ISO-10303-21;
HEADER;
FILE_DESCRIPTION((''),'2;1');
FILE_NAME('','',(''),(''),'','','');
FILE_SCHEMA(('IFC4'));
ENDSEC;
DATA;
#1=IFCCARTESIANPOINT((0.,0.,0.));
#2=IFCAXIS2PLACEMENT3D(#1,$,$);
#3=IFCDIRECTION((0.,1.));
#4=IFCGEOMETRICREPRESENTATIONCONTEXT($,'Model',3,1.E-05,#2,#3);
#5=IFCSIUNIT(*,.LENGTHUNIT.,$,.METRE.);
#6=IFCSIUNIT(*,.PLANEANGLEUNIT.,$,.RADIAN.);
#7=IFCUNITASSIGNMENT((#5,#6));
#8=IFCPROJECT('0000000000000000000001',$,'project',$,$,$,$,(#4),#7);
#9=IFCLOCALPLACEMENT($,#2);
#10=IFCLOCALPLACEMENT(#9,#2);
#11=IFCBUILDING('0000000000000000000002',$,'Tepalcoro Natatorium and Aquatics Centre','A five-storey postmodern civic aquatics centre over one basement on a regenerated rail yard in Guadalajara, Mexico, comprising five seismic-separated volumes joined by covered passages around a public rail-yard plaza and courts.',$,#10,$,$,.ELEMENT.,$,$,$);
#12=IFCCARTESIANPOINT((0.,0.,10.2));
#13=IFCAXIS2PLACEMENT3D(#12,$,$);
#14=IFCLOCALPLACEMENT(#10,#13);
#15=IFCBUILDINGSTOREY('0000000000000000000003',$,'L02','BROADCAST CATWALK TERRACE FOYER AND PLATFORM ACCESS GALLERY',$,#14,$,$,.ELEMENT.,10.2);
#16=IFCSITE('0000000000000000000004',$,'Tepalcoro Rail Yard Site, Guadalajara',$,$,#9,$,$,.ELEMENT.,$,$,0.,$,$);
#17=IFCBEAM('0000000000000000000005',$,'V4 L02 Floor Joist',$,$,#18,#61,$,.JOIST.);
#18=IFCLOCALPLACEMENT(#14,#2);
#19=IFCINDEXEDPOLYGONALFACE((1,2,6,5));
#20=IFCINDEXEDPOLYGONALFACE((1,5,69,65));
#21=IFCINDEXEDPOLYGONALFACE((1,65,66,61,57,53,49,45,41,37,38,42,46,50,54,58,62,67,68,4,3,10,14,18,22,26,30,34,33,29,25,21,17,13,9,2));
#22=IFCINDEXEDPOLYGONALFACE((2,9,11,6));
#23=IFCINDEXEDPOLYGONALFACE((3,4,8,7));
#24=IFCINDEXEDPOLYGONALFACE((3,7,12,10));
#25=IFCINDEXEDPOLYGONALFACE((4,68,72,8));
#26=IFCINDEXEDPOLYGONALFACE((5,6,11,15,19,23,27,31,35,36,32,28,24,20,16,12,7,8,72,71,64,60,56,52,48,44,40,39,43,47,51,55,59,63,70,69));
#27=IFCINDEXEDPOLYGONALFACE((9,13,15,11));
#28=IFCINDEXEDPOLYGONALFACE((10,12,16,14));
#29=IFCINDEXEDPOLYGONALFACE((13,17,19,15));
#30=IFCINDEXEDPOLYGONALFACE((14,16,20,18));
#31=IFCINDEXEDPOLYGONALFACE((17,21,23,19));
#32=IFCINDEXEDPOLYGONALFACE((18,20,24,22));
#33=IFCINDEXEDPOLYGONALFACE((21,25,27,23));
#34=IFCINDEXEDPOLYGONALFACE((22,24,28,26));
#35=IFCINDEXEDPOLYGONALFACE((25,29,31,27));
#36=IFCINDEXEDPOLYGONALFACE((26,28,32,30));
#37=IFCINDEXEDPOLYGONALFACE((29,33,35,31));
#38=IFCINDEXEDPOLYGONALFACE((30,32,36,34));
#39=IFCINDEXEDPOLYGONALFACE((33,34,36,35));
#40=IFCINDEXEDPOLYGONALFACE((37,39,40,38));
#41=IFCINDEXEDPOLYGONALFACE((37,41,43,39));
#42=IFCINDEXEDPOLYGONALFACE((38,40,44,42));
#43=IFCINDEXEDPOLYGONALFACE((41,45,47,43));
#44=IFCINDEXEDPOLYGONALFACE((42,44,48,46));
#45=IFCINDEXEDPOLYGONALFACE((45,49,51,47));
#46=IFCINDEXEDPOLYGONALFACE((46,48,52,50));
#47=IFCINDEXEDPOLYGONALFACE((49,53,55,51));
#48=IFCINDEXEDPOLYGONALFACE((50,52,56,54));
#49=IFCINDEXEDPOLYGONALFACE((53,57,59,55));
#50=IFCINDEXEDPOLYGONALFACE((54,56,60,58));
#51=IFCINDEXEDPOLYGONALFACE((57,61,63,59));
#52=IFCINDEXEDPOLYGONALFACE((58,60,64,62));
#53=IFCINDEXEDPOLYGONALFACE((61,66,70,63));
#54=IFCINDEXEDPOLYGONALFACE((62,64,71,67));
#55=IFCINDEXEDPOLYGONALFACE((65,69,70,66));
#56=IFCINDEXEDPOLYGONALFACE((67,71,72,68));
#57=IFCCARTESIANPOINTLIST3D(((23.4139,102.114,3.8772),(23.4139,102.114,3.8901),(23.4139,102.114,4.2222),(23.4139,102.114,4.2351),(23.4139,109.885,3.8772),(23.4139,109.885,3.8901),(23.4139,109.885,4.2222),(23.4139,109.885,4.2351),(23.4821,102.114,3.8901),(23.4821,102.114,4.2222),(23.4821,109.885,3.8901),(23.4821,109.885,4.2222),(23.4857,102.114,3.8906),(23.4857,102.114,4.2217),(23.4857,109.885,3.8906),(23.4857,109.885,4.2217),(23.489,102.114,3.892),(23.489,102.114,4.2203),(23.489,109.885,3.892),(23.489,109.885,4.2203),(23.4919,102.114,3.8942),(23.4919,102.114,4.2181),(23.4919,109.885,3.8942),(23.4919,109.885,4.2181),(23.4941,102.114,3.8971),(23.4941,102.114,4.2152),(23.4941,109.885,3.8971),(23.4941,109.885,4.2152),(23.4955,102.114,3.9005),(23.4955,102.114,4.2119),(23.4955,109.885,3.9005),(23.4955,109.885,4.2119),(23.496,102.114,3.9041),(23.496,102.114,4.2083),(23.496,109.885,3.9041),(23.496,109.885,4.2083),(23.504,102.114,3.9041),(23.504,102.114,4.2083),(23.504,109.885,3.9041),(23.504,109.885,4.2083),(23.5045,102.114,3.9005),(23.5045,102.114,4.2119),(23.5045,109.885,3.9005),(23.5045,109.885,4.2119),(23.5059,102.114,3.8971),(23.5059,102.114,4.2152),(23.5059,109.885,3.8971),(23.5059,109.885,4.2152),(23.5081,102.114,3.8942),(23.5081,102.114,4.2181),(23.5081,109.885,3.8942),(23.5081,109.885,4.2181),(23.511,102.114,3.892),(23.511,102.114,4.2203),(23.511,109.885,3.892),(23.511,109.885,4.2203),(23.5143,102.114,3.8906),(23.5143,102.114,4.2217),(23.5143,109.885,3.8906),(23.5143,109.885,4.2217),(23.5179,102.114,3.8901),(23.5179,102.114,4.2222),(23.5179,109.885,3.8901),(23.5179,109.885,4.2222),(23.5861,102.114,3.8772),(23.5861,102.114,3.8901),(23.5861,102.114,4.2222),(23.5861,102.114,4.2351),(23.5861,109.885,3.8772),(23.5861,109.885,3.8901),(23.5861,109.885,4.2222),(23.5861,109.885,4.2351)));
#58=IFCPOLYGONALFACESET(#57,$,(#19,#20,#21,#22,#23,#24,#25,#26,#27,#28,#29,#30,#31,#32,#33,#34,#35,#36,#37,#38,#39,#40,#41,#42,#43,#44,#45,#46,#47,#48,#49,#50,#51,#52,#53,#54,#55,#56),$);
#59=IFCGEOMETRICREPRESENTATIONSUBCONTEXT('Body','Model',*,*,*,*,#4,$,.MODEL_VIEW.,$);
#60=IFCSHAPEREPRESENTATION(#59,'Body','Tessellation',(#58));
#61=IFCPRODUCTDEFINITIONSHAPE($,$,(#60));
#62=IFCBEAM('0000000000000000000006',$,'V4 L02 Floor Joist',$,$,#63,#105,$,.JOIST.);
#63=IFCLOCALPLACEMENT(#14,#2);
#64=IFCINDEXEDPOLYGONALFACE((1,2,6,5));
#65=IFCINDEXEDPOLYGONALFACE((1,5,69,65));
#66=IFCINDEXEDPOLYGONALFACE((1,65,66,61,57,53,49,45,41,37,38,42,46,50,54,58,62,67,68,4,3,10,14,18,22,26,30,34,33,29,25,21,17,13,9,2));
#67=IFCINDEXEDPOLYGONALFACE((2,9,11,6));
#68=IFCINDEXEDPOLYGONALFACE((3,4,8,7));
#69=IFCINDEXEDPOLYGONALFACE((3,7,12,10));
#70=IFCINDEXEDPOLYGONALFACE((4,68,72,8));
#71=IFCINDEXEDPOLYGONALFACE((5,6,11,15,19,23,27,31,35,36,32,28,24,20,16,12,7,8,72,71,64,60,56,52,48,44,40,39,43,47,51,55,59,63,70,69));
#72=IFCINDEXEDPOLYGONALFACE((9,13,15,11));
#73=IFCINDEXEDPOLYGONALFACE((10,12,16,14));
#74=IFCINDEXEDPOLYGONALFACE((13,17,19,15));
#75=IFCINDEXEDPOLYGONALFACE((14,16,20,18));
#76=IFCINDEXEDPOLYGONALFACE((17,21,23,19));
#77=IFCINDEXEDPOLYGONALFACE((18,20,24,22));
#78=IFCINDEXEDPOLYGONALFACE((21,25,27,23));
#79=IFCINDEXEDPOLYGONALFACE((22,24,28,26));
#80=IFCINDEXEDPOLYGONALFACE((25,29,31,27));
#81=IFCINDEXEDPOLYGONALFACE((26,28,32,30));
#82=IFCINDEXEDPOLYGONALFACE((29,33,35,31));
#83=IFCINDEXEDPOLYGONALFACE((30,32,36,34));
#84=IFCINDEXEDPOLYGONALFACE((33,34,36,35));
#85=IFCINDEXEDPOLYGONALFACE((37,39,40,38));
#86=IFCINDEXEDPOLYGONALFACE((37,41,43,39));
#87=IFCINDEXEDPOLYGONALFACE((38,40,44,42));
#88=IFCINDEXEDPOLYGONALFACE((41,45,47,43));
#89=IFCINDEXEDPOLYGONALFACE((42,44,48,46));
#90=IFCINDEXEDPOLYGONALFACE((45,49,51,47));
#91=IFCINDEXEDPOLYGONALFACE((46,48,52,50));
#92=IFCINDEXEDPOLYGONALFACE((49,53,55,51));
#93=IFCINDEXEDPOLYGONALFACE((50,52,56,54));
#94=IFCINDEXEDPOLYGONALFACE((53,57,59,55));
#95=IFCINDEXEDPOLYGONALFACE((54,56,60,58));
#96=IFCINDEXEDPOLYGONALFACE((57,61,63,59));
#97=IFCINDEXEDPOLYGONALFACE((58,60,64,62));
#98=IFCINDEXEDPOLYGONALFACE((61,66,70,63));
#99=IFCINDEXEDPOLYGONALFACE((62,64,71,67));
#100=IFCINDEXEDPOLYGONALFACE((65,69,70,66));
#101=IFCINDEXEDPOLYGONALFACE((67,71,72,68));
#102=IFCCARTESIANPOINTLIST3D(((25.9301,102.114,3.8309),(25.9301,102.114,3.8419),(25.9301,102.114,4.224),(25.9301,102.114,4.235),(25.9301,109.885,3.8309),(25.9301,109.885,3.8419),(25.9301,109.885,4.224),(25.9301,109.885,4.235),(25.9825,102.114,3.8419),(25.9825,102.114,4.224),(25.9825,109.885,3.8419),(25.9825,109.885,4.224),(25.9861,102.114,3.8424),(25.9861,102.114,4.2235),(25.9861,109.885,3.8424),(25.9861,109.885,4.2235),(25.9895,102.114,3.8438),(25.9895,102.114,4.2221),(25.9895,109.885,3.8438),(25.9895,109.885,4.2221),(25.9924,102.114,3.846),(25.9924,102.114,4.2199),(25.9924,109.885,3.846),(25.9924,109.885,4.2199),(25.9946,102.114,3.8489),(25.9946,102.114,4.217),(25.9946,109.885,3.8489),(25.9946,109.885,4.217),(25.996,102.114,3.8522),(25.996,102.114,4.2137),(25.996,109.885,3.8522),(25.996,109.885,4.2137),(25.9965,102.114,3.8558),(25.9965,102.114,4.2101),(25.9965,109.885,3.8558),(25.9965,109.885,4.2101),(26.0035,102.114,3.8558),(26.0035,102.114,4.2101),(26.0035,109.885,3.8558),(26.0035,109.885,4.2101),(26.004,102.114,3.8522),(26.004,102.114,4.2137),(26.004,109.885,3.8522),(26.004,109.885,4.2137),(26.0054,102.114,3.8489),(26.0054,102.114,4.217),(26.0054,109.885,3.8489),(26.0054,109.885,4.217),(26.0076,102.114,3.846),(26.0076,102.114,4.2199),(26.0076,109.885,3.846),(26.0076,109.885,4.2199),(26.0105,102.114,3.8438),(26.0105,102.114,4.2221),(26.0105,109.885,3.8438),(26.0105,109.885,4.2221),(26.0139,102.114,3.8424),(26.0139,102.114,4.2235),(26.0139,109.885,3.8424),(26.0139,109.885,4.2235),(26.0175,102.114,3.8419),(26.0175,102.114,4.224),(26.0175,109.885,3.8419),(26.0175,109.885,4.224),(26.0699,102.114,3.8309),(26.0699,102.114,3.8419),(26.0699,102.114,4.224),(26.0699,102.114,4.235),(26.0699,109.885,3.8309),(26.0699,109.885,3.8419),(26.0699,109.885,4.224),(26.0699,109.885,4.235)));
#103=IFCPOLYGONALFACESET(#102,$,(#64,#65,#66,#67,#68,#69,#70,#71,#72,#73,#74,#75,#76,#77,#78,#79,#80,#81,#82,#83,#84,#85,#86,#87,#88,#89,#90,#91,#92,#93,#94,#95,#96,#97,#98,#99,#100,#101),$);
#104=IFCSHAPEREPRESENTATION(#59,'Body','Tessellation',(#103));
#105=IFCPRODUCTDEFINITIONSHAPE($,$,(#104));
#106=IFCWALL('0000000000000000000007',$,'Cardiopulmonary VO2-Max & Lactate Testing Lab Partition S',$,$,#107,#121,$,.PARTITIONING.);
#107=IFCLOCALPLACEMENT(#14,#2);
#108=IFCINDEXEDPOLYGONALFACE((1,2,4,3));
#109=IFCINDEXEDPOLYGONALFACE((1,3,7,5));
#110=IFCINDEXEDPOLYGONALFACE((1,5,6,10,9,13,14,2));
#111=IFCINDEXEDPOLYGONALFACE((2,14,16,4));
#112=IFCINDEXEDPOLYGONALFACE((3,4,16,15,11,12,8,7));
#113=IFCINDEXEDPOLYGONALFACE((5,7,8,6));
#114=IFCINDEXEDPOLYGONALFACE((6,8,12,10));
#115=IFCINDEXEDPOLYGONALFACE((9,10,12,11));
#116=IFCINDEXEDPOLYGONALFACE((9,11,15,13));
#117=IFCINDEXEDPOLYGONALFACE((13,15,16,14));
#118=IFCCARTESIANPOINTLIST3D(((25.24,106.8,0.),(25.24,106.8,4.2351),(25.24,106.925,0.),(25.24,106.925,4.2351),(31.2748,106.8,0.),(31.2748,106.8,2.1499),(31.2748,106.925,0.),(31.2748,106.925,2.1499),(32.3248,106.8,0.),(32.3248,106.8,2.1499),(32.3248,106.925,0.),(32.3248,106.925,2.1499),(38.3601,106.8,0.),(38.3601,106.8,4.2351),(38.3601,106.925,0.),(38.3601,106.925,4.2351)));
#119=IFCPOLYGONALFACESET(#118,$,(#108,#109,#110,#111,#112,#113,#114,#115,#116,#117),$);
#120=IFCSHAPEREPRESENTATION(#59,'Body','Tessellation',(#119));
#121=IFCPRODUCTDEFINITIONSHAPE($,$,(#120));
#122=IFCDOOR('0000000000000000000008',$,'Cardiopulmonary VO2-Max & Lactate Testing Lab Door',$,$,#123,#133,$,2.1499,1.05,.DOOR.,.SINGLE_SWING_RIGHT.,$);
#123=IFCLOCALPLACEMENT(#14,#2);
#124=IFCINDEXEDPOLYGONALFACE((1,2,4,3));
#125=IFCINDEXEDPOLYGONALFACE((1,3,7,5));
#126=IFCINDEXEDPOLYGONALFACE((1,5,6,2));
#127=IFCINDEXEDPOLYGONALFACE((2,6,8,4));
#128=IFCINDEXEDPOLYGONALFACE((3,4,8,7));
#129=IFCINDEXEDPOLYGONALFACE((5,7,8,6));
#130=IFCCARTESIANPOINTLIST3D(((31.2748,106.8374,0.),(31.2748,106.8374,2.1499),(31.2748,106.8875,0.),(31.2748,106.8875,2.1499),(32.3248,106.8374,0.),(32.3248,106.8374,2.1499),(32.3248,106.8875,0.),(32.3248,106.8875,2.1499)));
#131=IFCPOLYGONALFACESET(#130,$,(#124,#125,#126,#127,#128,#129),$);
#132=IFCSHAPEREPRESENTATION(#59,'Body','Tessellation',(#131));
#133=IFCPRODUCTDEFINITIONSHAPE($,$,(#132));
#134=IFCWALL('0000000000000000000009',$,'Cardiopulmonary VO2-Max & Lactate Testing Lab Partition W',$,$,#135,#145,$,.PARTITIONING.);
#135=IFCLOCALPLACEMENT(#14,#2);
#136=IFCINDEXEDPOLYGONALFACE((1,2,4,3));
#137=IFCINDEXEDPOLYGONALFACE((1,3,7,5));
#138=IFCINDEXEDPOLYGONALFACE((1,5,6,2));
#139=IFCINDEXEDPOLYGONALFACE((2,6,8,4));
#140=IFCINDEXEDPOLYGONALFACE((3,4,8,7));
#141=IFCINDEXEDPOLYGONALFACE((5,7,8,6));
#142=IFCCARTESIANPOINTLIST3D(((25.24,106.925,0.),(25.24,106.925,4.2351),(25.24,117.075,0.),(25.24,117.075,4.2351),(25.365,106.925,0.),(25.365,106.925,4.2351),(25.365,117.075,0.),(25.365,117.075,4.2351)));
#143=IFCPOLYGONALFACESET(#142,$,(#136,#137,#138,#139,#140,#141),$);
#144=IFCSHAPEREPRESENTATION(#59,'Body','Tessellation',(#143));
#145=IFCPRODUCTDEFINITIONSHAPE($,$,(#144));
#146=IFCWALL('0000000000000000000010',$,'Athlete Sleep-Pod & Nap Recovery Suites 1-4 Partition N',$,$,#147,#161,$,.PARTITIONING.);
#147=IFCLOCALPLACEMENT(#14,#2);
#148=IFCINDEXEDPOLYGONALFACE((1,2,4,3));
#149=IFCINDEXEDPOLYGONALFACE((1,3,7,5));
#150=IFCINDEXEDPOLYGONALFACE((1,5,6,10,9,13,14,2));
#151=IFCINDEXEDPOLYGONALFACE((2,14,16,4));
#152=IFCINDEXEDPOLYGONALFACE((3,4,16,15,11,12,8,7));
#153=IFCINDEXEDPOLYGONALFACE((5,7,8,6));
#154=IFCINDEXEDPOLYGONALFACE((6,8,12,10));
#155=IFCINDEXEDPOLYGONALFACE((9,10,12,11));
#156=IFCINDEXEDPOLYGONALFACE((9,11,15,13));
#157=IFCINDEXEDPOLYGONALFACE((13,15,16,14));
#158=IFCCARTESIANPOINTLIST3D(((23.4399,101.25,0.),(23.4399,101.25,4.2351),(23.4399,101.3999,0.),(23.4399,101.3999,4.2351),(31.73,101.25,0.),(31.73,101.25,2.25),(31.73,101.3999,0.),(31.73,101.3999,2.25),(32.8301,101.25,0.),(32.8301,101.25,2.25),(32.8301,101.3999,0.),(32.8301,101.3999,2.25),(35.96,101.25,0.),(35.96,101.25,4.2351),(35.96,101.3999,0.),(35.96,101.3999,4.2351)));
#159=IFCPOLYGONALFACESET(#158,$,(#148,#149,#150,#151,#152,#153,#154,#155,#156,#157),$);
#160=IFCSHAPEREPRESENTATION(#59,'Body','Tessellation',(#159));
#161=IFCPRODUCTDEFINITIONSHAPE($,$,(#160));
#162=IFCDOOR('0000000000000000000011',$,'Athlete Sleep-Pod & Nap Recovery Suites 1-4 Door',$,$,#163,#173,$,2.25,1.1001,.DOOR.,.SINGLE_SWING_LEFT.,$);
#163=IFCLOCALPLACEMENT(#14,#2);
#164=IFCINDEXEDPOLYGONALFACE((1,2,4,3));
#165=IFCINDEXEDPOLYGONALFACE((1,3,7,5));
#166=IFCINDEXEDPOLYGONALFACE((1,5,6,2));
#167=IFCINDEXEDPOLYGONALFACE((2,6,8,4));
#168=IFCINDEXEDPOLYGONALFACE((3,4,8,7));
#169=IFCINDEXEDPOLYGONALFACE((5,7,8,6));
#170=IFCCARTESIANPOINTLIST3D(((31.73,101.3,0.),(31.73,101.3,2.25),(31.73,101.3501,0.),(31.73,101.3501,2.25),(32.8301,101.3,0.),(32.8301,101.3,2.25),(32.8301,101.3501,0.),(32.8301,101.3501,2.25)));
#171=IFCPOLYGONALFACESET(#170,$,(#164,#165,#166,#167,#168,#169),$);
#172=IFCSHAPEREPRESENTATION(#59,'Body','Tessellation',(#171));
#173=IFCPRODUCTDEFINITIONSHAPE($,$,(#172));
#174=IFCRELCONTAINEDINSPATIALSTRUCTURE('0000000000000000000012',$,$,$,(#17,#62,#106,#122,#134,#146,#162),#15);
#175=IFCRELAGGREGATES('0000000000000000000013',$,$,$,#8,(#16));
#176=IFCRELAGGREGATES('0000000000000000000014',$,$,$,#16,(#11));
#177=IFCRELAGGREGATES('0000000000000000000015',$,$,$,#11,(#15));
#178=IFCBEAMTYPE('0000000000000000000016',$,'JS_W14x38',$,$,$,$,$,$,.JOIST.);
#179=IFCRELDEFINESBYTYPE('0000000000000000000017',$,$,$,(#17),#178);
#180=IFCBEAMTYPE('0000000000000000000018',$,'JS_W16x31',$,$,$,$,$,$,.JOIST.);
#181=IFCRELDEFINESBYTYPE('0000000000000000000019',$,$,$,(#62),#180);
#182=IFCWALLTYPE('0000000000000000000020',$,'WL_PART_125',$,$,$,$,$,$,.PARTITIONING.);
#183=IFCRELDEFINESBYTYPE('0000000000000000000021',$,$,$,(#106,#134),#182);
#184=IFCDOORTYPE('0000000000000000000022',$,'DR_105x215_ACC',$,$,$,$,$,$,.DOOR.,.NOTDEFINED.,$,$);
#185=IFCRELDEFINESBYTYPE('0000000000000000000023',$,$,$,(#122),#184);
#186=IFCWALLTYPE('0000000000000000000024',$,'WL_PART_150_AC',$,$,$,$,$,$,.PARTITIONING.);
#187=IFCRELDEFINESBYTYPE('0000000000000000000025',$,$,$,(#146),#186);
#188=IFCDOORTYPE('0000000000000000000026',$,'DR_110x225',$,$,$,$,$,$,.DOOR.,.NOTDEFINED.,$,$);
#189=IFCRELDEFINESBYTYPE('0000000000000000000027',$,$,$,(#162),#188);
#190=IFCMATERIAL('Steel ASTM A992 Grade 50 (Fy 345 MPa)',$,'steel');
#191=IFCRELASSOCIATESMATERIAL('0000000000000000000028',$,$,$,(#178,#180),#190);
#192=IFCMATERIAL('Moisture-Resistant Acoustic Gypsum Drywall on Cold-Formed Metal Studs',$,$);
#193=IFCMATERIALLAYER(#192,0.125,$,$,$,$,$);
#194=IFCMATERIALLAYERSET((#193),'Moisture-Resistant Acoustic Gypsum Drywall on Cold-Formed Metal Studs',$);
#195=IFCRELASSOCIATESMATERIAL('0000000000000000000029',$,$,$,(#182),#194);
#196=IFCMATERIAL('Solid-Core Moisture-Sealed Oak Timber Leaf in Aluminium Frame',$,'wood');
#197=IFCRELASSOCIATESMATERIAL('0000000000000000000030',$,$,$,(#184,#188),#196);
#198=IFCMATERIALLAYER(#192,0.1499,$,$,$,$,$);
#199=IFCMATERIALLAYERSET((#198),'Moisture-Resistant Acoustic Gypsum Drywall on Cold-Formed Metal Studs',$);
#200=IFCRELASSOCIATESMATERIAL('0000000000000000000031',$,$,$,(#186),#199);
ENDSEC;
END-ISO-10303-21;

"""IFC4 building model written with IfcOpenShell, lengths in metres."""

from ifc_helpers import new_model, si_unit, direction, frame, frame_2d, origin, origin_2d, place, context, subcontext, project, spatial, rectangle, i_section, extrude, material, layer, layer_set, material_profile, profile_set, type_object, element, fill, save


model = new_model("IFC4")

# Units and contexts
model_context = context("Model", 3, precision=1e-05, world=origin(), true_north=direction((0.0, 1.0)))
body_context = subcontext(model_context, "Body", "Model", "MODEL_VIEW")
ifc_project = project(units=[si_unit("LENGTHUNIT", "METRE"), si_unit("PLANEANGLEUNIT", "RADIAN")], contexts=[model_context])

# Site, building, storey
site_placement = place(None, origin())
site = spatial("IfcSite", under=ifc_project, at=site_placement, Name="Tepalcoro Rail Yard Site, Guadalajara", CompositionType="ELEMENT", RefElevation=0.0)
building_placement = place(site_placement, origin())
building = spatial("IfcBuilding", under=site, at=building_placement, Name="Tepalcoro Natatorium and Aquatics Centre", Description="A five-storey postmodern civic aquatics centre over one basement on a regenerated rail yard in Guadalajara, Mexico, comprising five seismic-separated volumes joined by covered passages around a public rail-yard plaza and courts.", CompositionType="ELEMENT")
storey_placement = place(building_placement, frame((0.0, 0.0, 10.2)))
storey = spatial("IfcBuildingStorey", under=building, at=storey_placement, Name="L02", Description="BROADCAST CATWALK TERRACE FOYER AND PLATFORM ACCESS GALLERY", CompositionType="ELEMENT", Elevation=10.2)

# Shared definitions
ifc_material_1 = material(Name="Steel ASTM A992 Grade 50 (Fy 345 MPa)", Category="steel")

# Beams
ifc_material_profile_1 = material_profile(ifc_material_1, i_section(OverallWidth=0.1721, OverallDepth=0.3579, WebThickness=0.0081, FlangeThickness=0.0129, FilletRadius=0.0139, at=origin_2d()), Name="W14X38")
ifc_profile_set_1 = profile_set([ifc_material_profile_1], Name="Steel ASTM A992 Grade 50 (Fy 345 MPa)")
beam_type_1 = type_object("IfcBeamType", Name="JS_W14x38", PredefinedType="JOIST", material=ifc_profile_set_1)
beam_1_placement = place(storey_placement, frame((23.5, 102.114, 4.0562), z_axis=(0.0, 1.0, 0.0), x_axis=(-1.0, 0.0, 0.0)))
element("IfcBeam", 1, at=beam_1_placement, inside=storey, type_object=beam_type_1, Name="V4 L02 Floor Joist", PredefinedType="JOIST", context=body_context, shape_type="SweptSolid", body=[
    extrude(i_section(OverallWidth=0.1721, OverallDepth=0.3579, WebThickness=0.0081, FlangeThickness=0.0129, FilletRadius=0.0139, at=origin_2d()), origin(), (0.0, 0.0, 1.0), 7.771),
])
ifc_material_profile_2 = material_profile(ifc_material_1, i_section(OverallWidth=0.1399, OverallDepth=0.4041, WebThickness=0.0071, FlangeThickness=0.011, FilletRadius=0.0139, at=origin_2d()), Name="W16X31")
ifc_profile_set_2 = profile_set([ifc_material_profile_2], Name="Steel ASTM A992 Grade 50 (Fy 345 MPa)")
beam_type_2 = type_object("IfcBeamType", Name="JS_W16x31", PredefinedType="JOIST", material=ifc_profile_set_2)
beam_2_placement = place(storey_placement, frame((26.0, 102.114, 4.033), z_axis=(0.0, 1.0, 0.0), x_axis=(-1.0, 0.0, 0.0)))
element("IfcBeam", 2, at=beam_2_placement, inside=storey, type_object=beam_type_2, Name="V4 L02 Floor Joist", PredefinedType="JOIST", context=body_context, shape_type="SweptSolid", body=[
    extrude(i_section(OverallWidth=0.1399, OverallDepth=0.4041, WebThickness=0.0071, FlangeThickness=0.011, FilletRadius=0.0139, at=origin_2d()), origin(), (0.0, 0.0, 1.0), 7.771),
])

# Wall, opening, door
ifc_material_2 = material(Name="Moisture-Resistant Acoustic Gypsum Drywall on Cold-Formed Metal Studs")
ifc_layer_1 = layer(ifc_material_2, 0.125)
ifc_layer_set_1 = layer_set([ifc_layer_1], Name="Moisture-Resistant Acoustic Gypsum Drywall on Cold-Formed Metal Studs")
wall_type_1 = type_object("IfcWallType", Name="WL_PART_125", PredefinedType="PARTITIONING", material=ifc_layer_set_1)
wall_1_placement = place(storey_placement, frame((25.24, 106.8625, 0.0), z_axis=(0.0, 0.0, 1.0), x_axis=(1.0, 0.0, 0.0)))
wall_1 = element("IfcWall", 3, at=wall_1_placement, inside=storey, type_object=wall_type_1, Name="Cardiopulmonary VO2-Max & Lactate Testing Lab Partition S", PredefinedType="PARTITIONING", context=body_context, shape_type="SweptSolid", body=[
    extrude(rectangle(XDim=13.1201, YDim=0.125, at=frame_2d((6.5601, 0.0))), origin(), (0.0, 0.0, 1.0), 4.2351),
])
opening_1_placement = place(wall_1_placement, frame((6.0349, 0.0, 0.0)))
opening_1 = element("IfcOpeningElement", 4, at=opening_1_placement, cuts=wall_1, PredefinedType="OPENING", context=body_context, shape_type="SweptSolid", body=[
    extrude(rectangle(XDim=1.05, YDim=2.1499, at=frame_2d((0.5249, 1.075))), frame((0.0, 0.0745, 0.0), z_axis=(0.0, -1.0, 0.0), x_axis=(1.0, 0.0, 0.0)), (0.0, 0.0, 1.0), 0.1489),
])
ifc_material_3 = material(Name="Solid-Core Moisture-Sealed Oak Timber Leaf in Aluminium Frame", Category="wood")
door_type_1 = type_object("IfcDoorType", Name="DR_105x215_ACC", OperationType="NOTDEFINED", PredefinedType="DOOR", material=ifc_material_3)
door_1_placement = place(opening_1_placement, origin())
door_1 = element("IfcDoor", 5, at=door_1_placement, inside=storey, type_object=door_type_1, Name="Cardiopulmonary VO2-Max & Lactate Testing Lab Door", OperationType="SINGLE_SWING_RIGHT", OverallHeight=2.1499, OverallWidth=1.05, PredefinedType="DOOR", context=body_context, shape_type="SweptSolid", body=[
    extrude(rectangle(XDim=1.05, YDim=2.1499, at=frame_2d((0.5249, 1.075))), frame((0.0, 0.0249, 0.0), z_axis=(0.0, -1.0, 0.0), x_axis=(1.0, 0.0, 0.0)), (0.0, 0.0, 1.0), 0.05),
])
fill(opening_1, door_1)

# Wall
wall_2_placement = place(storey_placement, frame((25.3025, 106.925, 0.0), z_axis=(0.0, 0.0, 1.0), x_axis=(0.0, 1.0, 0.0)))
element("IfcWall", 6, at=wall_2_placement, inside=storey, type_object=wall_type_1, Name="Cardiopulmonary VO2-Max & Lactate Testing Lab Partition W", PredefinedType="PARTITIONING", context=body_context, shape_type="SweptSolid", body=[
    extrude(rectangle(XDim=10.1499, YDim=0.125, at=frame_2d((5.075, 0.0))), origin(), (0.0, 0.0, 1.0), 4.2351),
])

# Wall, opening, door
ifc_layer_2 = layer(ifc_material_2, 0.1499)
ifc_layer_set_2 = layer_set([ifc_layer_2], Name="Moisture-Resistant Acoustic Gypsum Drywall on Cold-Formed Metal Studs")
wall_type_2 = type_object("IfcWallType", Name="WL_PART_150_AC", PredefinedType="PARTITIONING", material=ifc_layer_set_2)
wall_3_placement = place(storey_placement, frame((23.4399, 101.325, 0.0), z_axis=(0.0, 0.0, 1.0), x_axis=(1.0, 0.0, 0.0)))
wall_3 = element("IfcWall", 7, at=wall_3_placement, inside=storey, type_object=wall_type_2, Name="Athlete Sleep-Pod & Nap Recovery Suites 1-4 Partition N", PredefinedType="PARTITIONING", context=body_context, shape_type="SweptSolid", body=[
    extrude(rectangle(XDim=12.52, YDim=0.1499, at=frame_2d((6.26, 0.0))), origin(), (0.0, 0.0, 1.0), 4.2351),
])
opening_2_placement = place(wall_3_placement, frame((8.29, 0.0, 0.0)))
opening_2 = element("IfcOpeningElement", 8, at=opening_2_placement, cuts=wall_3, PredefinedType="OPENING", context=body_context, shape_type="SweptSolid", body=[
    extrude(rectangle(XDim=1.1001, YDim=2.25, at=frame_2d((0.55, 1.125))), frame((0.0, 0.0869, 0.0), z_axis=(0.0, -1.0, 0.0), x_axis=(1.0, 0.0, 0.0)), (0.0, 0.0, 1.0), 0.1738),
])
door_type_2 = type_object("IfcDoorType", Name="DR_110x225", OperationType="NOTDEFINED", PredefinedType="DOOR", material=ifc_material_3)
door_2_placement = place(opening_2_placement, frame((1.1001, 0.0, 0.0), z_axis=(0.0, 0.0, 1.0), x_axis=(-1.0, 0.0, 0.0)))
door_2 = element("IfcDoor", 9, at=door_2_placement, inside=storey, type_object=door_type_2, Name="Athlete Sleep-Pod & Nap Recovery Suites 1-4 Door", OperationType="SINGLE_SWING_LEFT", OverallHeight=2.25, OverallWidth=1.1001, PredefinedType="DOOR", context=body_context, shape_type="SweptSolid", body=[
    extrude(rectangle(XDim=1.1001, YDim=2.25, at=frame_2d((0.55, 1.125))), frame((0.0, 0.0249, 0.0), z_axis=(0.0, -1.0, 0.0), x_axis=(1.0, 0.0, 0.0)), (0.0, 0.0, 1.0), 0.05),
])
fill(opening_2, door_2)

save(model, "model.ifc")
